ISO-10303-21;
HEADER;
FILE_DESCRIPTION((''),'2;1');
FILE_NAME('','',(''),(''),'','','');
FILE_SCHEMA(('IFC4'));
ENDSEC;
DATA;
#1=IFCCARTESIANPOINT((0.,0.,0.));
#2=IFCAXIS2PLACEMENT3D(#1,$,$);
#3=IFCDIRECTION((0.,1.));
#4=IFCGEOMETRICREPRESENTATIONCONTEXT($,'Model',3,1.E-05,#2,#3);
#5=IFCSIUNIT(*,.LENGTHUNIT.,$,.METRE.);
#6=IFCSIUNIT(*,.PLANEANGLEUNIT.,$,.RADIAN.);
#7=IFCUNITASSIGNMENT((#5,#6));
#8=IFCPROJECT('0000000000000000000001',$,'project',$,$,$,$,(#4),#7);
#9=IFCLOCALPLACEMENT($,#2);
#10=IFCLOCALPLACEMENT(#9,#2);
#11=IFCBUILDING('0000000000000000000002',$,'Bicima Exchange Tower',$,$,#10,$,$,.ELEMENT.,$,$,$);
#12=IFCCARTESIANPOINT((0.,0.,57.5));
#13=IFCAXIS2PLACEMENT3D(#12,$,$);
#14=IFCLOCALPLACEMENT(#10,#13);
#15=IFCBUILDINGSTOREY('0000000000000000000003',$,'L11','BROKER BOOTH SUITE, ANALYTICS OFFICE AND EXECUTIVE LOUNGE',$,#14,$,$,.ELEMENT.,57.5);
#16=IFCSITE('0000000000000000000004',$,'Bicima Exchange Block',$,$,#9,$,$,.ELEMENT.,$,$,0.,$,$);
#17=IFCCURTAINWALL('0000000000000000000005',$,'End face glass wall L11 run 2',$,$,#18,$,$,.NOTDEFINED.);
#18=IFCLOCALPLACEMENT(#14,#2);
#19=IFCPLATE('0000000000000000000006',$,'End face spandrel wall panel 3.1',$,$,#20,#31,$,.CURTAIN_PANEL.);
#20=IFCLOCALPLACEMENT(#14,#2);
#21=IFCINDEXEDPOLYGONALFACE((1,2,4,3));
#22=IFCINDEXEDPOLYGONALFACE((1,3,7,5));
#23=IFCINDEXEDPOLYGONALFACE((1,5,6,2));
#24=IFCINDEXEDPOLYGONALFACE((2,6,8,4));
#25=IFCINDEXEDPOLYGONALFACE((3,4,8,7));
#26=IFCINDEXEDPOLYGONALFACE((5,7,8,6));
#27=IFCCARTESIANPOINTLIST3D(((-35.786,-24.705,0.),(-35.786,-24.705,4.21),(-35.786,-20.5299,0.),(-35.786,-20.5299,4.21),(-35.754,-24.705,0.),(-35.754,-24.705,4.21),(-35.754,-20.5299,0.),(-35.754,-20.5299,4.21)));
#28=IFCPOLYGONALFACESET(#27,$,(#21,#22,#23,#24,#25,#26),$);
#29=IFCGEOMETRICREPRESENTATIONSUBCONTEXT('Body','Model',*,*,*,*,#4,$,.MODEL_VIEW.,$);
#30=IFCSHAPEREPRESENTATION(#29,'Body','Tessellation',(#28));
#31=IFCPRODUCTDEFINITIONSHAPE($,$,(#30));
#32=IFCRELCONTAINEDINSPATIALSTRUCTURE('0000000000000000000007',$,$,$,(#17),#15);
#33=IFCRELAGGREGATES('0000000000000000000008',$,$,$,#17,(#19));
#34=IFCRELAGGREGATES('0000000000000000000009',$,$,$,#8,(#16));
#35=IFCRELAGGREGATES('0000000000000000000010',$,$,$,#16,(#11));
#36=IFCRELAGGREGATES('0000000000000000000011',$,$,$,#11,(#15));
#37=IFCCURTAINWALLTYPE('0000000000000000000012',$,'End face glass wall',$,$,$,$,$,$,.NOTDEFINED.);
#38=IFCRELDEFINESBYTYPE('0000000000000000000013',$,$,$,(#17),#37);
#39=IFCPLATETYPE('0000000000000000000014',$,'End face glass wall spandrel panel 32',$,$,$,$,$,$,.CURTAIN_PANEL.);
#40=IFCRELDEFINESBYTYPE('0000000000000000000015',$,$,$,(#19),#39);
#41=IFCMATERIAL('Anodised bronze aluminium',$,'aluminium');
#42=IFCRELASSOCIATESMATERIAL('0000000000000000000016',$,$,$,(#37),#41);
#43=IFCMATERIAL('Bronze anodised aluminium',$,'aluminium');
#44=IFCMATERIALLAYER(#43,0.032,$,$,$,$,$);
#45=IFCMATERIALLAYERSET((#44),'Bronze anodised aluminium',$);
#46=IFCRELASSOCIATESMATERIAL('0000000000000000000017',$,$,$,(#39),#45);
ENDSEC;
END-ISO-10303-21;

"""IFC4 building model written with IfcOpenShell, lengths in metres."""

from ifc_helpers import new_model, si_unit, direction, frame, origin, origin_2d, place, context, subcontext, project, spatial, rectangle, extrude, material, layer, layer_set, type_object, element, aggregate, save


model = new_model("IFC4")

# Units and contexts
model_context = context("Model", 3, precision=1e-05, world=origin(), true_north=direction((0.0, 1.0)))
body_context = subcontext(model_context, "Body", "Model", "MODEL_VIEW")
ifc_project = project(units=[si_unit("LENGTHUNIT", "METRE"), si_unit("PLANEANGLEUNIT", "RADIAN")], contexts=[model_context])

# Site, building, storey
site_placement = place(None, origin())
site = spatial("IfcSite", under=ifc_project, at=site_placement, Name="Bicima Exchange Block", CompositionType="ELEMENT", RefElevation=0.0)
building_placement = place(site_placement, origin())
building = spatial("IfcBuilding", under=site, at=building_placement, Name="Bicima Exchange Tower", CompositionType="ELEMENT")
storey_placement = place(building_placement, frame((0.0, 0.0, 57.5)))
storey = spatial("IfcBuildingStorey", under=building, at=storey_placement, Name="L11", Description="BROKER BOOTH SUITE, ANALYTICS OFFICE AND EXECUTIVE LOUNGE", CompositionType="ELEMENT", Elevation=57.5)

# Curtain wall
ifc_material_1 = material(Name="Anodised bronze aluminium", Category="aluminium")
curtain_wall_type = type_object("IfcCurtainWallType", Name="End face glass wall", PredefinedType="NOTDEFINED", material=ifc_material_1)
curtain_wall_placement = place(storey_placement, origin())
curtain_wall = element("IfcCurtainWall", 1, at=curtain_wall_placement, inside=storey, type_object=curtain_wall_type, Name="End face glass wall L11 run 2", PredefinedType="NOTDEFINED")

# Plate
ifc_material_2 = material(Name="Bronze anodised aluminium", Category="aluminium")
ifc_layer_1 = layer(ifc_material_2, 0.032)
ifc_layer_set_1 = layer_set([ifc_layer_1], Name="Bronze anodised aluminium")
plate_type_1 = type_object("IfcPlateType", Name="End face glass wall spandrel panel 32", PredefinedType="CURTAIN_PANEL", material=ifc_layer_set_1)
plate_1_placement = place(storey_placement, frame((-35.77, -22.6174, 0.0), z_axis=(0.0, 0.0, 1.0), x_axis=(0.0, -1.0, 0.0)))
plate_1 = element("IfcPlate", 2, at=plate_1_placement, type_object=plate_type_1, Name="End face spandrel wall panel 3.1", PredefinedType="CURTAIN_PANEL", context=body_context, shape_type="SweptSolid", body=[
    extrude(rectangle(XDim=4.175, YDim=0.032, at=origin_2d()), origin(), (0.0, 0.0, 1.0), 4.21),
])
aggregate(curtain_wall, [plate_1])

save(model, "model.ifc")
